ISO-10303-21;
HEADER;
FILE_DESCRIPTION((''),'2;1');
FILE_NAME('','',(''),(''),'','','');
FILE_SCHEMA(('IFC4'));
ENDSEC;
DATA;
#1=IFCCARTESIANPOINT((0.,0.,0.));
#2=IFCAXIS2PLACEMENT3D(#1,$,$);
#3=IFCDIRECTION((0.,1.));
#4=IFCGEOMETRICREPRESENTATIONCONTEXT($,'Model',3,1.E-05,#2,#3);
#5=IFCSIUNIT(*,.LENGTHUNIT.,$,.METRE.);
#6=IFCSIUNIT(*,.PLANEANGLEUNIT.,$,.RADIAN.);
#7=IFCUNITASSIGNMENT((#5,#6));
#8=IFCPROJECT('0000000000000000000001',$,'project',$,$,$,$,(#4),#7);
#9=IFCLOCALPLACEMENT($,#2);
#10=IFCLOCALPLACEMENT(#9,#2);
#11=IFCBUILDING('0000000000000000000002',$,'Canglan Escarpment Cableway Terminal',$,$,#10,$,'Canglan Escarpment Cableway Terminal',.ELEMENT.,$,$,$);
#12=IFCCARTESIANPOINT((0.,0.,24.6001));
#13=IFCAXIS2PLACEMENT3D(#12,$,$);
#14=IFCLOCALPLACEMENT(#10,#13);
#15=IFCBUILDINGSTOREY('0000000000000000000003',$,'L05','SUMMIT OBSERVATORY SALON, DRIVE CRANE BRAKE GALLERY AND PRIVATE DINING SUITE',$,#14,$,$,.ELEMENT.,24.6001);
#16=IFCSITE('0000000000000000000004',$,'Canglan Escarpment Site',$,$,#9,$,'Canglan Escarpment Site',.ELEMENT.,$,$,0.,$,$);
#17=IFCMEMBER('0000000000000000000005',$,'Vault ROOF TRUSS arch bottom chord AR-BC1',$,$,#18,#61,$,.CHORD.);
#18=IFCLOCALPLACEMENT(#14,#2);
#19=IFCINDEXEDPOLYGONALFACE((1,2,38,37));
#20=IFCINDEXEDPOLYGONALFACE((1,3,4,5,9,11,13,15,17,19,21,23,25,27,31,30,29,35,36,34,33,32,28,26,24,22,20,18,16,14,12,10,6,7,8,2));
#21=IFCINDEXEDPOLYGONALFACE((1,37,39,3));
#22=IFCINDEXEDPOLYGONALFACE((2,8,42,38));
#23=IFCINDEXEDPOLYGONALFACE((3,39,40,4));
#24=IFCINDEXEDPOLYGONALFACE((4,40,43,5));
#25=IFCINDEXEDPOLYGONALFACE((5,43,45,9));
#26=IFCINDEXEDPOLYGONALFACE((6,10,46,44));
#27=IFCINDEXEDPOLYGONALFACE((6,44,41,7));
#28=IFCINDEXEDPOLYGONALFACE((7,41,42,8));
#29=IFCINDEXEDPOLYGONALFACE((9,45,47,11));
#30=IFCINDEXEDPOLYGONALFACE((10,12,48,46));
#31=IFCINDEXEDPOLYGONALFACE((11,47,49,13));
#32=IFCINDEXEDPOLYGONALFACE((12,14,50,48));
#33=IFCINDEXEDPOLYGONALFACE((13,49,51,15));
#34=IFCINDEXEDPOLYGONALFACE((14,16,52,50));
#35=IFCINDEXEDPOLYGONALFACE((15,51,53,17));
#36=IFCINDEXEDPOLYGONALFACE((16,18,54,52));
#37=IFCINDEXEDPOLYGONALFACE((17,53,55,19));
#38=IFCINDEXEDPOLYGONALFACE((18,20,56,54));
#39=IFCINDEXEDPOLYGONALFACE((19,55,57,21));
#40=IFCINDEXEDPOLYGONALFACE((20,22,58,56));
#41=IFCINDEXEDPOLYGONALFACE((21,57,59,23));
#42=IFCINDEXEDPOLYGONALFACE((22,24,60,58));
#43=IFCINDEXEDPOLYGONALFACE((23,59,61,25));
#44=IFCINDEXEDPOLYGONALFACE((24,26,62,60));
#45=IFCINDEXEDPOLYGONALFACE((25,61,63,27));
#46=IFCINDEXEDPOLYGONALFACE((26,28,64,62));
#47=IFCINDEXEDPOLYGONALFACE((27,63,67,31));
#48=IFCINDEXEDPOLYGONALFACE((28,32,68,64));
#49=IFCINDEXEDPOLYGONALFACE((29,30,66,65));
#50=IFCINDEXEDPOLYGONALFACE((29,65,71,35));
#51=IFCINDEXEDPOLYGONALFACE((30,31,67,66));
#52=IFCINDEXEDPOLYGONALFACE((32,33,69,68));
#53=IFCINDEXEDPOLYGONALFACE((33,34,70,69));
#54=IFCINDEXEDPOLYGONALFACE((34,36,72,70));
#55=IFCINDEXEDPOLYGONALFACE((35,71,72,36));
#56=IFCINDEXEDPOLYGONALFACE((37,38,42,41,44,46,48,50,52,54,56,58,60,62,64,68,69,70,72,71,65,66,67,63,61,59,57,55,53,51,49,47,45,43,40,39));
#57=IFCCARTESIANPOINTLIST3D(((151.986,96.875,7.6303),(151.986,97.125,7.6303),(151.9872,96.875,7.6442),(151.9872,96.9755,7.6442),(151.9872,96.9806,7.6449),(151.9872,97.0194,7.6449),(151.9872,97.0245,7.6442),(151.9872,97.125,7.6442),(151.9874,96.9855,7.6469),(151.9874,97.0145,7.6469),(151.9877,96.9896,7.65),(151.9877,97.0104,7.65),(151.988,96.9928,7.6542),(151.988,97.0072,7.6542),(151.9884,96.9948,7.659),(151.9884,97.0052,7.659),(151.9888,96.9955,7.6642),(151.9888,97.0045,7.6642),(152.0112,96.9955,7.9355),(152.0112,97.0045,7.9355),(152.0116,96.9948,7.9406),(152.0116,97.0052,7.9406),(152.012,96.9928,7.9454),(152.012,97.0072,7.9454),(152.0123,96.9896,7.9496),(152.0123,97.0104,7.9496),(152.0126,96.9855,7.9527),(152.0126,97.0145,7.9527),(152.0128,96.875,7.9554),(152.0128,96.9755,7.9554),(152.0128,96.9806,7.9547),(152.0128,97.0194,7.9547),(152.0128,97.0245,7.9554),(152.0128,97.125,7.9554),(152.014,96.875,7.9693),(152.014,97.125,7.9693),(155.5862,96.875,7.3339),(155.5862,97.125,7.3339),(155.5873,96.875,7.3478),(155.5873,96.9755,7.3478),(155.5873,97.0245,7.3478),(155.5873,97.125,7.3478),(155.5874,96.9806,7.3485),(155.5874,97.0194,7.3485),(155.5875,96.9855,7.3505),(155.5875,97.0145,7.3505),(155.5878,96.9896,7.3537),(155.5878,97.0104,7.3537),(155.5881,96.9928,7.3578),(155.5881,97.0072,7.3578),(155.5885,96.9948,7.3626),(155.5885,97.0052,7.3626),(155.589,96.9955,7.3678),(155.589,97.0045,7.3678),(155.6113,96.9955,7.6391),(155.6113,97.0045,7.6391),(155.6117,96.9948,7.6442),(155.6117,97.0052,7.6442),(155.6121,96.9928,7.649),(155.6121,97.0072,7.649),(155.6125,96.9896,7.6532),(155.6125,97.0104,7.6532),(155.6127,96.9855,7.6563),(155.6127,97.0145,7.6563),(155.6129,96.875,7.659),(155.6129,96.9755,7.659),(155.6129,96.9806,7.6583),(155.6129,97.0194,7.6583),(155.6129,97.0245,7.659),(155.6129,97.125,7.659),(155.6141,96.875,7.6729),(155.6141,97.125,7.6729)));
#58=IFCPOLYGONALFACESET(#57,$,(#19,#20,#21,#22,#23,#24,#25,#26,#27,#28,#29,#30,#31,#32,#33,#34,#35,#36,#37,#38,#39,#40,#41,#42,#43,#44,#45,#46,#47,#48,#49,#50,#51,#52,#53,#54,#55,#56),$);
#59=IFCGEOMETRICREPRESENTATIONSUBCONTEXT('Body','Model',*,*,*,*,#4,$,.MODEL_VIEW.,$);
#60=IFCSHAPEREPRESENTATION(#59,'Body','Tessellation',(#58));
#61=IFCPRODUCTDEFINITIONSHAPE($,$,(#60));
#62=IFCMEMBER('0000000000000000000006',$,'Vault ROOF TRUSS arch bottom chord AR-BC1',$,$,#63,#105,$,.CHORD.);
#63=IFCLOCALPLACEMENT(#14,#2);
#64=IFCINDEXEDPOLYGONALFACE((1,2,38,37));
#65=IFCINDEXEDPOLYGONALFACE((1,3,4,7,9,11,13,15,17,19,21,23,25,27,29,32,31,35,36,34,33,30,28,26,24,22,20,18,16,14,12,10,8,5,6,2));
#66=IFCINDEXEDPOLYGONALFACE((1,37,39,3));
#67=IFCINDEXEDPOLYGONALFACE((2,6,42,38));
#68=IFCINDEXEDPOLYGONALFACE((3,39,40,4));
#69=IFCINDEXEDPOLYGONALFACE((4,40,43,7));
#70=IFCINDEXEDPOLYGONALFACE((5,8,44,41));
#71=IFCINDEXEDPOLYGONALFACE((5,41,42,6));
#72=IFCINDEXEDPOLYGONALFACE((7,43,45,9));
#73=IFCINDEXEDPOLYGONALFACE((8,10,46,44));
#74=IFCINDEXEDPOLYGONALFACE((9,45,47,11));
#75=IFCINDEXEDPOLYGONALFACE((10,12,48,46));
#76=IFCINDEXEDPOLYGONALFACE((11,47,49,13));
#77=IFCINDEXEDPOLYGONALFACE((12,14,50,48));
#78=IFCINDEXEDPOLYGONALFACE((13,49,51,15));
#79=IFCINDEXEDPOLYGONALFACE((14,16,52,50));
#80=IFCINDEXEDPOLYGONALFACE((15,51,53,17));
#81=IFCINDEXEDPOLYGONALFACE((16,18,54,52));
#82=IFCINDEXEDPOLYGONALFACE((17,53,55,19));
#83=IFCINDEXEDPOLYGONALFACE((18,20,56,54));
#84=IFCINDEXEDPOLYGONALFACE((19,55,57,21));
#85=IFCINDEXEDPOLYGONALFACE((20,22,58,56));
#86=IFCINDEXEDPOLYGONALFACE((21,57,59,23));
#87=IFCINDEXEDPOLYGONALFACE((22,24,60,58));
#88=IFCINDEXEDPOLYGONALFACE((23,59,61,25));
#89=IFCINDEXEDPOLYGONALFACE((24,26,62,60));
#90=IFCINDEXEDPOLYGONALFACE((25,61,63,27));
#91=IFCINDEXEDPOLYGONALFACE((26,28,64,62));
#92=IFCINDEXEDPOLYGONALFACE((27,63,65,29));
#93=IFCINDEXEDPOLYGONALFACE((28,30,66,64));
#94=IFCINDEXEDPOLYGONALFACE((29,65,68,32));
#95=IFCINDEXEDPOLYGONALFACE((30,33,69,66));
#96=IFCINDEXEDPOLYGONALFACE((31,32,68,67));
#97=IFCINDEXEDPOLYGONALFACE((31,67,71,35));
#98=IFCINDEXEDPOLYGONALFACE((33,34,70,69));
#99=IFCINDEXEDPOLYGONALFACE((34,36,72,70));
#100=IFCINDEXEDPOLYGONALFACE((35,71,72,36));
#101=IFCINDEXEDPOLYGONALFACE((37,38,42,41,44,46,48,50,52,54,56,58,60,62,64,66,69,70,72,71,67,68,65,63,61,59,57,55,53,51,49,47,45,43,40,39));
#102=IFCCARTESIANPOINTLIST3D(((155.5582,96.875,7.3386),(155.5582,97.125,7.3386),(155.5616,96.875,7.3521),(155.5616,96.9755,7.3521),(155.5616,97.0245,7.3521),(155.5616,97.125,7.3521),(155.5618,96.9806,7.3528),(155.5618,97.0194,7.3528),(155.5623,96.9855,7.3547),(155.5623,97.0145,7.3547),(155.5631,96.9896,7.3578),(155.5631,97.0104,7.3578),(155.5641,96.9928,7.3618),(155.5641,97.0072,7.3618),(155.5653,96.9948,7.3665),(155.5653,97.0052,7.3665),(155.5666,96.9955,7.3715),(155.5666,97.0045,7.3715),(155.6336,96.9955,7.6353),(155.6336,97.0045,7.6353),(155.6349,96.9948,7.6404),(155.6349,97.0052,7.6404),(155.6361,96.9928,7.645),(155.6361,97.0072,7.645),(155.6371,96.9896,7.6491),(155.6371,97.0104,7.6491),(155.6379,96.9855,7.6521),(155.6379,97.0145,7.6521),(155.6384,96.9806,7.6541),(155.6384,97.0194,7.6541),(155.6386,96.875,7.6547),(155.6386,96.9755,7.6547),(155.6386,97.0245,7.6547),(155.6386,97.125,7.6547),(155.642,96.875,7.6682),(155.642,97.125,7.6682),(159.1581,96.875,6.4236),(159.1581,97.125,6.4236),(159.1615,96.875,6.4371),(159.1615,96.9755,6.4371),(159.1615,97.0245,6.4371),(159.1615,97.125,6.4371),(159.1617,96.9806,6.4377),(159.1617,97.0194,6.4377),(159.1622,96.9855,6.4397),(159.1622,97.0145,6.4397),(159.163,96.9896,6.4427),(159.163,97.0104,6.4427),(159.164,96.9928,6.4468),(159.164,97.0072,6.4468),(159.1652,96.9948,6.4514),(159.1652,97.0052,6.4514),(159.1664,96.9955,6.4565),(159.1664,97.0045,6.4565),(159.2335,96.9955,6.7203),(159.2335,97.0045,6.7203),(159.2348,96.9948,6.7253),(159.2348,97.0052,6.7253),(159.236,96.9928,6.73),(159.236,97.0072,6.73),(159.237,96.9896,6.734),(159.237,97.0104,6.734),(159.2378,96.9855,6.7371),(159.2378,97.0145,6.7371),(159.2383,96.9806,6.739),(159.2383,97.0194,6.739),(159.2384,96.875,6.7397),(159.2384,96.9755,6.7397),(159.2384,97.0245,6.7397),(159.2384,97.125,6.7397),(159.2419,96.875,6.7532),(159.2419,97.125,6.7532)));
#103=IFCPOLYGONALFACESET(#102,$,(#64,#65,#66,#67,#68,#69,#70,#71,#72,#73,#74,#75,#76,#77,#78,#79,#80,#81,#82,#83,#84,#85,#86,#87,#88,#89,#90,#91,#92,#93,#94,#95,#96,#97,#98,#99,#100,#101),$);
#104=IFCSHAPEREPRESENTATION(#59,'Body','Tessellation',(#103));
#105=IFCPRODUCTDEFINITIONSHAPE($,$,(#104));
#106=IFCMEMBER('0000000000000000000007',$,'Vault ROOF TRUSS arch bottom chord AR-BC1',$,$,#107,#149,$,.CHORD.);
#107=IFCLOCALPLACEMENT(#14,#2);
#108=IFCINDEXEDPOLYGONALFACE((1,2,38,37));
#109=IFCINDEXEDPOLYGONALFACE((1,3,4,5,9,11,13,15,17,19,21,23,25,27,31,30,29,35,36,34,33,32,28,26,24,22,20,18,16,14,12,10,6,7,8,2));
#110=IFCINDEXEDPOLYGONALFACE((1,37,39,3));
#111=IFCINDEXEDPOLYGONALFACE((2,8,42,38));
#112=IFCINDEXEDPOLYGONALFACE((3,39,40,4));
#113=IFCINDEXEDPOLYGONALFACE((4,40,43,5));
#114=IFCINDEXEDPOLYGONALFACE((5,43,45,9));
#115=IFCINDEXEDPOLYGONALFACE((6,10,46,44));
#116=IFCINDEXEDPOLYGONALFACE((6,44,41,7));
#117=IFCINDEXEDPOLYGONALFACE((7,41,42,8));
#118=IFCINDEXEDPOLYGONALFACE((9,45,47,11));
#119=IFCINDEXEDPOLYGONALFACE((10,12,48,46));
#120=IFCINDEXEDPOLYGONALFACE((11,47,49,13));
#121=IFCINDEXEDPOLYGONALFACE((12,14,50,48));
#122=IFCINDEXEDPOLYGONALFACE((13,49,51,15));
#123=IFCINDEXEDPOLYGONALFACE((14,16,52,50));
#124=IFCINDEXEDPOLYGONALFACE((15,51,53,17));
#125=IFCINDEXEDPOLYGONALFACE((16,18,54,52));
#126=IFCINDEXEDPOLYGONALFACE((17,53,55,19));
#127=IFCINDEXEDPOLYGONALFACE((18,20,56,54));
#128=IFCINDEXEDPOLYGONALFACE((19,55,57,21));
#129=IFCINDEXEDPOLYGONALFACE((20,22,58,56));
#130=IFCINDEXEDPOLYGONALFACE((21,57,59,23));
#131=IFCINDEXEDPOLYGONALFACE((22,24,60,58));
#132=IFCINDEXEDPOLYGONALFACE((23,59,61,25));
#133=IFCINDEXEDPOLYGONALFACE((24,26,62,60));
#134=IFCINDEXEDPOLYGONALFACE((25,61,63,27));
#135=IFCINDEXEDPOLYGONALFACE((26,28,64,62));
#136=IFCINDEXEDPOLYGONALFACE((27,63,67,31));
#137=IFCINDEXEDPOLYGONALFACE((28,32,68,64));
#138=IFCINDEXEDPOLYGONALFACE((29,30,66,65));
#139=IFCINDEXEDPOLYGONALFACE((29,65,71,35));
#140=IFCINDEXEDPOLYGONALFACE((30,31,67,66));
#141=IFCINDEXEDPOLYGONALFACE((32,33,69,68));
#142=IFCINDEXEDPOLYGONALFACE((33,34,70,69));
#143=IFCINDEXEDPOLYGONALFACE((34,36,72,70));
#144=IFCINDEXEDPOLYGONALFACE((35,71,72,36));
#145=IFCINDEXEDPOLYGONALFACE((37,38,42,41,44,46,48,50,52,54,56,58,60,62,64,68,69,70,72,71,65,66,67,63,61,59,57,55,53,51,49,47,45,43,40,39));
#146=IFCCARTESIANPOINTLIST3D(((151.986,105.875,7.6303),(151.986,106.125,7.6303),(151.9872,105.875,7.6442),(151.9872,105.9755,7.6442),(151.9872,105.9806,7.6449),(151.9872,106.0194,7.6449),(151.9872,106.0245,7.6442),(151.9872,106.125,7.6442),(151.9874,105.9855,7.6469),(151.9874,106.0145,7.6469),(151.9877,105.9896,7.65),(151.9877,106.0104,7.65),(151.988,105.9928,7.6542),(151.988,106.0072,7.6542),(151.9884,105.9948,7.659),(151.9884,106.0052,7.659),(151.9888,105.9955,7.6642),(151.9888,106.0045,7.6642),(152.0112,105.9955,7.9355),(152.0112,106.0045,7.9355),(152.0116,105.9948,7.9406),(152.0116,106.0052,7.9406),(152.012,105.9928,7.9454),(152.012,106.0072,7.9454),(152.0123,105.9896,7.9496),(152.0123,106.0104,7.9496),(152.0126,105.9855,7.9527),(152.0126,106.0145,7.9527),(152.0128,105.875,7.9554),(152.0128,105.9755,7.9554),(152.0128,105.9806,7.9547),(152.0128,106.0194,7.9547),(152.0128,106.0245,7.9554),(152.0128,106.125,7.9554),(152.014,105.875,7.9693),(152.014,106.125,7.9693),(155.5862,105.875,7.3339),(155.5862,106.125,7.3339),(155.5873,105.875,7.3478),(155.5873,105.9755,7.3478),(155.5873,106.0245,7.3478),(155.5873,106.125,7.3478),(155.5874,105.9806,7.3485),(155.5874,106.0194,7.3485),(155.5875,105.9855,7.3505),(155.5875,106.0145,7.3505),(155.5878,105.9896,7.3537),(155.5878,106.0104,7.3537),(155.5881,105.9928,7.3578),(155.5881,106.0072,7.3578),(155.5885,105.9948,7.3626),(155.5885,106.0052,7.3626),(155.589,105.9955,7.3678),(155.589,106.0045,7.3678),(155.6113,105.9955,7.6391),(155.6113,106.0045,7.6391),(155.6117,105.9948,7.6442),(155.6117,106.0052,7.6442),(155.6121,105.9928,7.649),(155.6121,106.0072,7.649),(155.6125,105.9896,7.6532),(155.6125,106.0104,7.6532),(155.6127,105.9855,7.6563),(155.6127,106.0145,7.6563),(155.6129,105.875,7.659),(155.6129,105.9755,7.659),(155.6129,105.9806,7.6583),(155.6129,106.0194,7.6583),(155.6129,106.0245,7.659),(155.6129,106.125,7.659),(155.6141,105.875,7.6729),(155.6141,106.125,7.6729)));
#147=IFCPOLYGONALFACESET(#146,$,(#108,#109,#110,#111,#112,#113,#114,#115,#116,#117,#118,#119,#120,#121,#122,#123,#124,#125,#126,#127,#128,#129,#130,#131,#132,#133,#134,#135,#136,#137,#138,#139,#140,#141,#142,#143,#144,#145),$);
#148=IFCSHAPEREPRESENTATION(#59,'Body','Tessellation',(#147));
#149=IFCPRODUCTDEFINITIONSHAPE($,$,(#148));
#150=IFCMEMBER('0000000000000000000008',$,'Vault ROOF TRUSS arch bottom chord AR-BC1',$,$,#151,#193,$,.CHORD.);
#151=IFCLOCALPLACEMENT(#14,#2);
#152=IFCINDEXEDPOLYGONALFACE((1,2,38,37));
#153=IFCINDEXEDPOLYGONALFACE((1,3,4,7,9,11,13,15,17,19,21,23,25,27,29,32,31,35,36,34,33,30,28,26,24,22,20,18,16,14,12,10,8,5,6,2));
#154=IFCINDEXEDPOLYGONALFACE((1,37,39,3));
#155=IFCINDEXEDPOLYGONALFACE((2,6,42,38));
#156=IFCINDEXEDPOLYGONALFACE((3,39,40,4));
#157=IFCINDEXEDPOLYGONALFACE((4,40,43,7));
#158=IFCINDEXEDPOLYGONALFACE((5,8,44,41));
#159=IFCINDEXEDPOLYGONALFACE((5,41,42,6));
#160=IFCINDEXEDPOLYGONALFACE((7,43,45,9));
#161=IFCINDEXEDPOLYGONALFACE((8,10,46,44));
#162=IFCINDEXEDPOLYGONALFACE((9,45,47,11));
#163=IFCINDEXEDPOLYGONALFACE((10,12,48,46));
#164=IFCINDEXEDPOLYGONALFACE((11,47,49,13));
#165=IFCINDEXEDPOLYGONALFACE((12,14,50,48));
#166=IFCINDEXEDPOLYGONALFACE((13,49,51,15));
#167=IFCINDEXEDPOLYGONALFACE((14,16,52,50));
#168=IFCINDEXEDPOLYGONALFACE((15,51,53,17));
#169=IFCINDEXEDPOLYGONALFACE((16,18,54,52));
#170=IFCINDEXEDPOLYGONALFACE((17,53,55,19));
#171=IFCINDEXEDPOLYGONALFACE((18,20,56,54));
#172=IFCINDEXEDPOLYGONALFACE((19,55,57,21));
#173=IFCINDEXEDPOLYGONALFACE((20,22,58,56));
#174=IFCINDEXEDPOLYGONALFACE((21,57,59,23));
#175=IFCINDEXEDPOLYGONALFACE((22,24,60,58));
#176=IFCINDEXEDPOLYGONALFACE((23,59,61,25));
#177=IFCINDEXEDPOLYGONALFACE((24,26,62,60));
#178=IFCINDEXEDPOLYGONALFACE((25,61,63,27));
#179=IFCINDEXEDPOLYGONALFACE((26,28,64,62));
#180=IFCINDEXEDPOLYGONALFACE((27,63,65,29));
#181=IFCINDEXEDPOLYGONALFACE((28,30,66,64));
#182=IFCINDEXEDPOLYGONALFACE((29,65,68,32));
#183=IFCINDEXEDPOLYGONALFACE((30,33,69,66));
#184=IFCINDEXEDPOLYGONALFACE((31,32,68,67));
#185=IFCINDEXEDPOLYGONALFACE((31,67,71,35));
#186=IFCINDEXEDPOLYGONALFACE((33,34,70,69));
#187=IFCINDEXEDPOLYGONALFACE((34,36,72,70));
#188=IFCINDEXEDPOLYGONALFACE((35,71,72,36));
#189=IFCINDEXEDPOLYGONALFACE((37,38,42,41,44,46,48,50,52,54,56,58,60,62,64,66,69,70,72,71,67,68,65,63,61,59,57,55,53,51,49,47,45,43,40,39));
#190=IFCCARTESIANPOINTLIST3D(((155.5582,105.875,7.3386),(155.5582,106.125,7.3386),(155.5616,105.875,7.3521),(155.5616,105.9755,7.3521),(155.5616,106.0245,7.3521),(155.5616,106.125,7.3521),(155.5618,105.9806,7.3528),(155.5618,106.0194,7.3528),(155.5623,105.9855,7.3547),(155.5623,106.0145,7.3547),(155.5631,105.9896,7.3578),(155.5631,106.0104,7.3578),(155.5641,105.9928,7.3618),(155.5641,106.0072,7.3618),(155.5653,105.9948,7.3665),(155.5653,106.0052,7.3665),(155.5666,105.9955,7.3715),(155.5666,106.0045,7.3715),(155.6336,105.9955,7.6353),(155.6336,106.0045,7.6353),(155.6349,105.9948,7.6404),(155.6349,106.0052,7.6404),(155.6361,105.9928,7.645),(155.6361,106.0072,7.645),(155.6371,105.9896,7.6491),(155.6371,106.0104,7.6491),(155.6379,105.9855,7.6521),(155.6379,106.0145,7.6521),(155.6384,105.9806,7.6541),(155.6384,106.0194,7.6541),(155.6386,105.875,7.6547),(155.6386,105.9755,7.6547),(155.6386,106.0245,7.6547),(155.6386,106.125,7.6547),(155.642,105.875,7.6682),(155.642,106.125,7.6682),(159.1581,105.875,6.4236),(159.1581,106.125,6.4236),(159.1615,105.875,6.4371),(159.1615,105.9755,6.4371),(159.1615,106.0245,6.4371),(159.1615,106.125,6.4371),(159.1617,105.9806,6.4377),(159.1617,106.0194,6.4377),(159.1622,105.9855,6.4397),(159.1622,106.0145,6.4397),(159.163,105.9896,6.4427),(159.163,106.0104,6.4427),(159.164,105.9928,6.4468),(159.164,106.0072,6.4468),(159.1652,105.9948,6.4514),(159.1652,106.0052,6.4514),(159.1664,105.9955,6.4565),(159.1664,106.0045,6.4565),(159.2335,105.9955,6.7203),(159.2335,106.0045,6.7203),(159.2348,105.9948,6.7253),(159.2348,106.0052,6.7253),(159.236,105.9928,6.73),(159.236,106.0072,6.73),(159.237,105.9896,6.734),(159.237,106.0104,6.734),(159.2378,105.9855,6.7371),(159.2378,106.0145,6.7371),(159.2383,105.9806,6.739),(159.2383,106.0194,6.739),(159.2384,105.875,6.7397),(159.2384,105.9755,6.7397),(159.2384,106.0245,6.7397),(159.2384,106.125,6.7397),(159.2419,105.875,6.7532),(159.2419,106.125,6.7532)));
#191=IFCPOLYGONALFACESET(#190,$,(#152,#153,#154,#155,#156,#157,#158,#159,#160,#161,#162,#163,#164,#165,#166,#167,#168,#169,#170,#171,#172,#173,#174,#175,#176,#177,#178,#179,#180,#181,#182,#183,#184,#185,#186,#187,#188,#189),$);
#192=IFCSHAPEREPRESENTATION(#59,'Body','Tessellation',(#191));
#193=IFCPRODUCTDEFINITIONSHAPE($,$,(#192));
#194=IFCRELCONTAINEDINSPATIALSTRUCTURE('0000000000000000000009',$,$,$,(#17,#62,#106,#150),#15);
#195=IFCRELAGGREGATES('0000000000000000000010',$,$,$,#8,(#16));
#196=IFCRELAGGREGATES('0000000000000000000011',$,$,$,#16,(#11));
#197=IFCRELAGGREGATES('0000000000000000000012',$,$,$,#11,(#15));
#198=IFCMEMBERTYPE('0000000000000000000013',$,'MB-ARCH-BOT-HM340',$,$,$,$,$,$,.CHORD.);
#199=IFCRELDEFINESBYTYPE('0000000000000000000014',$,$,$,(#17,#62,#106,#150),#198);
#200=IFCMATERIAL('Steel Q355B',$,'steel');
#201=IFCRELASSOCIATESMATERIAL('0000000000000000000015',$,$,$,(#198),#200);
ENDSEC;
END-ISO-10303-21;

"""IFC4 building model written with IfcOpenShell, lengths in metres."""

from ifc_helpers import new_model, si_unit, direction, frame, origin, origin_2d, place, context, subcontext, project, spatial, i_section, extrude, material, material_profile, profile_set, type_object, element, save


model = new_model("IFC4")

# Units and contexts
model_context = context("Model", 3, precision=1e-05, world=origin(), true_north=direction((0.0, 1.0)))
body_context = subcontext(model_context, "Body", "Model", "MODEL_VIEW")
ifc_project = project(units=[si_unit("LENGTHUNIT", "METRE"), si_unit("PLANEANGLEUNIT", "RADIAN")], contexts=[model_context])

# Site, building, storey
site_placement = place(None, origin())
site = spatial("IfcSite", under=ifc_project, at=site_placement, Name="Canglan Escarpment Site", LongName="Canglan Escarpment Site", CompositionType="ELEMENT", RefElevation=0.0)
building_placement = place(site_placement, origin())
building = spatial("IfcBuilding", under=site, at=building_placement, Name="Canglan Escarpment Cableway Terminal", LongName="Canglan Escarpment Cableway Terminal", CompositionType="ELEMENT")
storey_placement = place(building_placement, frame((0.0, 0.0, 24.6001)))
storey = spatial("IfcBuildingStorey", under=building, at=storey_placement, Name="L05", Description="SUMMIT OBSERVATORY SALON, DRIVE CRANE BRAKE GALLERY AND PRIVATE DINING SUITE", CompositionType="ELEMENT", Elevation=24.6001)

# Shared definitions
ifc_material = material(Name="Steel Q355B", Category="steel")

# Members
ifc_material_profile_1 = material_profile(ifc_material, i_section(OverallWidth=0.25, OverallDepth=0.3401, WebThickness=0.009, FlangeThickness=0.0139, FilletRadius=0.02, at=origin_2d()), Name="HM 340x250x9x14")
ifc_profile_set_1 = profile_set([ifc_material_profile_1], Name="Steel Q355B")
member_type_1 = type_object("IfcMemberType", Name="MB-ARCH-BOT-HM340", PredefinedType="CHORD", material=ifc_profile_set_1)
member_1_placement = place(storey_placement, frame((152.0, 97.0, 7.7998), z_axis=(0.996628, 0.0, -0.08205), x_axis=(0.0, 1.0, 0.0)))
element("IfcMember", 1, at=member_1_placement, inside=storey, type_object=member_type_1, Name="Vault ROOF TRUSS arch bottom chord AR-BC1", PredefinedType="CHORD", context=body_context, shape_type="SweptSolid", body=[
    extrude(i_section(OverallWidth=0.25, OverallDepth=0.3401, WebThickness=0.009, FlangeThickness=0.0139, FilletRadius=0.02, at=origin_2d()), origin(), (0.0, 0.0, 1.0), 3.6123),
])
member_2_placement = place(storey_placement, frame((155.6001, 97.0, 7.5034), z_axis=(0.96918, 0.0, -0.246354), x_axis=(0.0, 1.0, 0.0)))
element("IfcMember", 2, at=member_2_placement, inside=storey, type_object=member_type_1, Name="Vault ROOF TRUSS arch bottom chord AR-BC1", PredefinedType="CHORD", context=body_context, shape_type="SweptSolid", body=[
    extrude(i_section(OverallWidth=0.25, OverallDepth=0.3401, WebThickness=0.009, FlangeThickness=0.0139, FilletRadius=0.02, at=origin_2d()), origin(), (0.0, 0.0, 1.0), 3.7144),
])
member_3_placement = place(storey_placement, frame((152.0, 106.0, 7.7998), z_axis=(0.996628, 0.0, -0.08205), x_axis=(0.0, 1.0, 0.0)))
element("IfcMember", 3, at=member_3_placement, inside=storey, type_object=member_type_1, Name="Vault ROOF TRUSS arch bottom chord AR-BC1", PredefinedType="CHORD", context=body_context, shape_type="SweptSolid", body=[
    extrude(i_section(OverallWidth=0.25, OverallDepth=0.3401, WebThickness=0.009, FlangeThickness=0.0139, FilletRadius=0.02, at=origin_2d()), origin(), (0.0, 0.0, 1.0), 3.6123),
])
member_4_placement = place(storey_placement, frame((155.6001, 106.0, 7.5034), z_axis=(0.96918, 0.0, -0.246354), x_axis=(0.0, 1.0, 0.0)))
element("IfcMember", 4, at=member_4_placement, inside=storey, type_object=member_type_1, Name="Vault ROOF TRUSS arch bottom chord AR-BC1", PredefinedType="CHORD", context=body_context, shape_type="SweptSolid", body=[
    extrude(i_section(OverallWidth=0.25, OverallDepth=0.3401, WebThickness=0.009, FlangeThickness=0.0139, FilletRadius=0.02, at=origin_2d()), origin(), (0.0, 0.0, 1.0), 3.7144),
])

save(model, "model.ifc")
